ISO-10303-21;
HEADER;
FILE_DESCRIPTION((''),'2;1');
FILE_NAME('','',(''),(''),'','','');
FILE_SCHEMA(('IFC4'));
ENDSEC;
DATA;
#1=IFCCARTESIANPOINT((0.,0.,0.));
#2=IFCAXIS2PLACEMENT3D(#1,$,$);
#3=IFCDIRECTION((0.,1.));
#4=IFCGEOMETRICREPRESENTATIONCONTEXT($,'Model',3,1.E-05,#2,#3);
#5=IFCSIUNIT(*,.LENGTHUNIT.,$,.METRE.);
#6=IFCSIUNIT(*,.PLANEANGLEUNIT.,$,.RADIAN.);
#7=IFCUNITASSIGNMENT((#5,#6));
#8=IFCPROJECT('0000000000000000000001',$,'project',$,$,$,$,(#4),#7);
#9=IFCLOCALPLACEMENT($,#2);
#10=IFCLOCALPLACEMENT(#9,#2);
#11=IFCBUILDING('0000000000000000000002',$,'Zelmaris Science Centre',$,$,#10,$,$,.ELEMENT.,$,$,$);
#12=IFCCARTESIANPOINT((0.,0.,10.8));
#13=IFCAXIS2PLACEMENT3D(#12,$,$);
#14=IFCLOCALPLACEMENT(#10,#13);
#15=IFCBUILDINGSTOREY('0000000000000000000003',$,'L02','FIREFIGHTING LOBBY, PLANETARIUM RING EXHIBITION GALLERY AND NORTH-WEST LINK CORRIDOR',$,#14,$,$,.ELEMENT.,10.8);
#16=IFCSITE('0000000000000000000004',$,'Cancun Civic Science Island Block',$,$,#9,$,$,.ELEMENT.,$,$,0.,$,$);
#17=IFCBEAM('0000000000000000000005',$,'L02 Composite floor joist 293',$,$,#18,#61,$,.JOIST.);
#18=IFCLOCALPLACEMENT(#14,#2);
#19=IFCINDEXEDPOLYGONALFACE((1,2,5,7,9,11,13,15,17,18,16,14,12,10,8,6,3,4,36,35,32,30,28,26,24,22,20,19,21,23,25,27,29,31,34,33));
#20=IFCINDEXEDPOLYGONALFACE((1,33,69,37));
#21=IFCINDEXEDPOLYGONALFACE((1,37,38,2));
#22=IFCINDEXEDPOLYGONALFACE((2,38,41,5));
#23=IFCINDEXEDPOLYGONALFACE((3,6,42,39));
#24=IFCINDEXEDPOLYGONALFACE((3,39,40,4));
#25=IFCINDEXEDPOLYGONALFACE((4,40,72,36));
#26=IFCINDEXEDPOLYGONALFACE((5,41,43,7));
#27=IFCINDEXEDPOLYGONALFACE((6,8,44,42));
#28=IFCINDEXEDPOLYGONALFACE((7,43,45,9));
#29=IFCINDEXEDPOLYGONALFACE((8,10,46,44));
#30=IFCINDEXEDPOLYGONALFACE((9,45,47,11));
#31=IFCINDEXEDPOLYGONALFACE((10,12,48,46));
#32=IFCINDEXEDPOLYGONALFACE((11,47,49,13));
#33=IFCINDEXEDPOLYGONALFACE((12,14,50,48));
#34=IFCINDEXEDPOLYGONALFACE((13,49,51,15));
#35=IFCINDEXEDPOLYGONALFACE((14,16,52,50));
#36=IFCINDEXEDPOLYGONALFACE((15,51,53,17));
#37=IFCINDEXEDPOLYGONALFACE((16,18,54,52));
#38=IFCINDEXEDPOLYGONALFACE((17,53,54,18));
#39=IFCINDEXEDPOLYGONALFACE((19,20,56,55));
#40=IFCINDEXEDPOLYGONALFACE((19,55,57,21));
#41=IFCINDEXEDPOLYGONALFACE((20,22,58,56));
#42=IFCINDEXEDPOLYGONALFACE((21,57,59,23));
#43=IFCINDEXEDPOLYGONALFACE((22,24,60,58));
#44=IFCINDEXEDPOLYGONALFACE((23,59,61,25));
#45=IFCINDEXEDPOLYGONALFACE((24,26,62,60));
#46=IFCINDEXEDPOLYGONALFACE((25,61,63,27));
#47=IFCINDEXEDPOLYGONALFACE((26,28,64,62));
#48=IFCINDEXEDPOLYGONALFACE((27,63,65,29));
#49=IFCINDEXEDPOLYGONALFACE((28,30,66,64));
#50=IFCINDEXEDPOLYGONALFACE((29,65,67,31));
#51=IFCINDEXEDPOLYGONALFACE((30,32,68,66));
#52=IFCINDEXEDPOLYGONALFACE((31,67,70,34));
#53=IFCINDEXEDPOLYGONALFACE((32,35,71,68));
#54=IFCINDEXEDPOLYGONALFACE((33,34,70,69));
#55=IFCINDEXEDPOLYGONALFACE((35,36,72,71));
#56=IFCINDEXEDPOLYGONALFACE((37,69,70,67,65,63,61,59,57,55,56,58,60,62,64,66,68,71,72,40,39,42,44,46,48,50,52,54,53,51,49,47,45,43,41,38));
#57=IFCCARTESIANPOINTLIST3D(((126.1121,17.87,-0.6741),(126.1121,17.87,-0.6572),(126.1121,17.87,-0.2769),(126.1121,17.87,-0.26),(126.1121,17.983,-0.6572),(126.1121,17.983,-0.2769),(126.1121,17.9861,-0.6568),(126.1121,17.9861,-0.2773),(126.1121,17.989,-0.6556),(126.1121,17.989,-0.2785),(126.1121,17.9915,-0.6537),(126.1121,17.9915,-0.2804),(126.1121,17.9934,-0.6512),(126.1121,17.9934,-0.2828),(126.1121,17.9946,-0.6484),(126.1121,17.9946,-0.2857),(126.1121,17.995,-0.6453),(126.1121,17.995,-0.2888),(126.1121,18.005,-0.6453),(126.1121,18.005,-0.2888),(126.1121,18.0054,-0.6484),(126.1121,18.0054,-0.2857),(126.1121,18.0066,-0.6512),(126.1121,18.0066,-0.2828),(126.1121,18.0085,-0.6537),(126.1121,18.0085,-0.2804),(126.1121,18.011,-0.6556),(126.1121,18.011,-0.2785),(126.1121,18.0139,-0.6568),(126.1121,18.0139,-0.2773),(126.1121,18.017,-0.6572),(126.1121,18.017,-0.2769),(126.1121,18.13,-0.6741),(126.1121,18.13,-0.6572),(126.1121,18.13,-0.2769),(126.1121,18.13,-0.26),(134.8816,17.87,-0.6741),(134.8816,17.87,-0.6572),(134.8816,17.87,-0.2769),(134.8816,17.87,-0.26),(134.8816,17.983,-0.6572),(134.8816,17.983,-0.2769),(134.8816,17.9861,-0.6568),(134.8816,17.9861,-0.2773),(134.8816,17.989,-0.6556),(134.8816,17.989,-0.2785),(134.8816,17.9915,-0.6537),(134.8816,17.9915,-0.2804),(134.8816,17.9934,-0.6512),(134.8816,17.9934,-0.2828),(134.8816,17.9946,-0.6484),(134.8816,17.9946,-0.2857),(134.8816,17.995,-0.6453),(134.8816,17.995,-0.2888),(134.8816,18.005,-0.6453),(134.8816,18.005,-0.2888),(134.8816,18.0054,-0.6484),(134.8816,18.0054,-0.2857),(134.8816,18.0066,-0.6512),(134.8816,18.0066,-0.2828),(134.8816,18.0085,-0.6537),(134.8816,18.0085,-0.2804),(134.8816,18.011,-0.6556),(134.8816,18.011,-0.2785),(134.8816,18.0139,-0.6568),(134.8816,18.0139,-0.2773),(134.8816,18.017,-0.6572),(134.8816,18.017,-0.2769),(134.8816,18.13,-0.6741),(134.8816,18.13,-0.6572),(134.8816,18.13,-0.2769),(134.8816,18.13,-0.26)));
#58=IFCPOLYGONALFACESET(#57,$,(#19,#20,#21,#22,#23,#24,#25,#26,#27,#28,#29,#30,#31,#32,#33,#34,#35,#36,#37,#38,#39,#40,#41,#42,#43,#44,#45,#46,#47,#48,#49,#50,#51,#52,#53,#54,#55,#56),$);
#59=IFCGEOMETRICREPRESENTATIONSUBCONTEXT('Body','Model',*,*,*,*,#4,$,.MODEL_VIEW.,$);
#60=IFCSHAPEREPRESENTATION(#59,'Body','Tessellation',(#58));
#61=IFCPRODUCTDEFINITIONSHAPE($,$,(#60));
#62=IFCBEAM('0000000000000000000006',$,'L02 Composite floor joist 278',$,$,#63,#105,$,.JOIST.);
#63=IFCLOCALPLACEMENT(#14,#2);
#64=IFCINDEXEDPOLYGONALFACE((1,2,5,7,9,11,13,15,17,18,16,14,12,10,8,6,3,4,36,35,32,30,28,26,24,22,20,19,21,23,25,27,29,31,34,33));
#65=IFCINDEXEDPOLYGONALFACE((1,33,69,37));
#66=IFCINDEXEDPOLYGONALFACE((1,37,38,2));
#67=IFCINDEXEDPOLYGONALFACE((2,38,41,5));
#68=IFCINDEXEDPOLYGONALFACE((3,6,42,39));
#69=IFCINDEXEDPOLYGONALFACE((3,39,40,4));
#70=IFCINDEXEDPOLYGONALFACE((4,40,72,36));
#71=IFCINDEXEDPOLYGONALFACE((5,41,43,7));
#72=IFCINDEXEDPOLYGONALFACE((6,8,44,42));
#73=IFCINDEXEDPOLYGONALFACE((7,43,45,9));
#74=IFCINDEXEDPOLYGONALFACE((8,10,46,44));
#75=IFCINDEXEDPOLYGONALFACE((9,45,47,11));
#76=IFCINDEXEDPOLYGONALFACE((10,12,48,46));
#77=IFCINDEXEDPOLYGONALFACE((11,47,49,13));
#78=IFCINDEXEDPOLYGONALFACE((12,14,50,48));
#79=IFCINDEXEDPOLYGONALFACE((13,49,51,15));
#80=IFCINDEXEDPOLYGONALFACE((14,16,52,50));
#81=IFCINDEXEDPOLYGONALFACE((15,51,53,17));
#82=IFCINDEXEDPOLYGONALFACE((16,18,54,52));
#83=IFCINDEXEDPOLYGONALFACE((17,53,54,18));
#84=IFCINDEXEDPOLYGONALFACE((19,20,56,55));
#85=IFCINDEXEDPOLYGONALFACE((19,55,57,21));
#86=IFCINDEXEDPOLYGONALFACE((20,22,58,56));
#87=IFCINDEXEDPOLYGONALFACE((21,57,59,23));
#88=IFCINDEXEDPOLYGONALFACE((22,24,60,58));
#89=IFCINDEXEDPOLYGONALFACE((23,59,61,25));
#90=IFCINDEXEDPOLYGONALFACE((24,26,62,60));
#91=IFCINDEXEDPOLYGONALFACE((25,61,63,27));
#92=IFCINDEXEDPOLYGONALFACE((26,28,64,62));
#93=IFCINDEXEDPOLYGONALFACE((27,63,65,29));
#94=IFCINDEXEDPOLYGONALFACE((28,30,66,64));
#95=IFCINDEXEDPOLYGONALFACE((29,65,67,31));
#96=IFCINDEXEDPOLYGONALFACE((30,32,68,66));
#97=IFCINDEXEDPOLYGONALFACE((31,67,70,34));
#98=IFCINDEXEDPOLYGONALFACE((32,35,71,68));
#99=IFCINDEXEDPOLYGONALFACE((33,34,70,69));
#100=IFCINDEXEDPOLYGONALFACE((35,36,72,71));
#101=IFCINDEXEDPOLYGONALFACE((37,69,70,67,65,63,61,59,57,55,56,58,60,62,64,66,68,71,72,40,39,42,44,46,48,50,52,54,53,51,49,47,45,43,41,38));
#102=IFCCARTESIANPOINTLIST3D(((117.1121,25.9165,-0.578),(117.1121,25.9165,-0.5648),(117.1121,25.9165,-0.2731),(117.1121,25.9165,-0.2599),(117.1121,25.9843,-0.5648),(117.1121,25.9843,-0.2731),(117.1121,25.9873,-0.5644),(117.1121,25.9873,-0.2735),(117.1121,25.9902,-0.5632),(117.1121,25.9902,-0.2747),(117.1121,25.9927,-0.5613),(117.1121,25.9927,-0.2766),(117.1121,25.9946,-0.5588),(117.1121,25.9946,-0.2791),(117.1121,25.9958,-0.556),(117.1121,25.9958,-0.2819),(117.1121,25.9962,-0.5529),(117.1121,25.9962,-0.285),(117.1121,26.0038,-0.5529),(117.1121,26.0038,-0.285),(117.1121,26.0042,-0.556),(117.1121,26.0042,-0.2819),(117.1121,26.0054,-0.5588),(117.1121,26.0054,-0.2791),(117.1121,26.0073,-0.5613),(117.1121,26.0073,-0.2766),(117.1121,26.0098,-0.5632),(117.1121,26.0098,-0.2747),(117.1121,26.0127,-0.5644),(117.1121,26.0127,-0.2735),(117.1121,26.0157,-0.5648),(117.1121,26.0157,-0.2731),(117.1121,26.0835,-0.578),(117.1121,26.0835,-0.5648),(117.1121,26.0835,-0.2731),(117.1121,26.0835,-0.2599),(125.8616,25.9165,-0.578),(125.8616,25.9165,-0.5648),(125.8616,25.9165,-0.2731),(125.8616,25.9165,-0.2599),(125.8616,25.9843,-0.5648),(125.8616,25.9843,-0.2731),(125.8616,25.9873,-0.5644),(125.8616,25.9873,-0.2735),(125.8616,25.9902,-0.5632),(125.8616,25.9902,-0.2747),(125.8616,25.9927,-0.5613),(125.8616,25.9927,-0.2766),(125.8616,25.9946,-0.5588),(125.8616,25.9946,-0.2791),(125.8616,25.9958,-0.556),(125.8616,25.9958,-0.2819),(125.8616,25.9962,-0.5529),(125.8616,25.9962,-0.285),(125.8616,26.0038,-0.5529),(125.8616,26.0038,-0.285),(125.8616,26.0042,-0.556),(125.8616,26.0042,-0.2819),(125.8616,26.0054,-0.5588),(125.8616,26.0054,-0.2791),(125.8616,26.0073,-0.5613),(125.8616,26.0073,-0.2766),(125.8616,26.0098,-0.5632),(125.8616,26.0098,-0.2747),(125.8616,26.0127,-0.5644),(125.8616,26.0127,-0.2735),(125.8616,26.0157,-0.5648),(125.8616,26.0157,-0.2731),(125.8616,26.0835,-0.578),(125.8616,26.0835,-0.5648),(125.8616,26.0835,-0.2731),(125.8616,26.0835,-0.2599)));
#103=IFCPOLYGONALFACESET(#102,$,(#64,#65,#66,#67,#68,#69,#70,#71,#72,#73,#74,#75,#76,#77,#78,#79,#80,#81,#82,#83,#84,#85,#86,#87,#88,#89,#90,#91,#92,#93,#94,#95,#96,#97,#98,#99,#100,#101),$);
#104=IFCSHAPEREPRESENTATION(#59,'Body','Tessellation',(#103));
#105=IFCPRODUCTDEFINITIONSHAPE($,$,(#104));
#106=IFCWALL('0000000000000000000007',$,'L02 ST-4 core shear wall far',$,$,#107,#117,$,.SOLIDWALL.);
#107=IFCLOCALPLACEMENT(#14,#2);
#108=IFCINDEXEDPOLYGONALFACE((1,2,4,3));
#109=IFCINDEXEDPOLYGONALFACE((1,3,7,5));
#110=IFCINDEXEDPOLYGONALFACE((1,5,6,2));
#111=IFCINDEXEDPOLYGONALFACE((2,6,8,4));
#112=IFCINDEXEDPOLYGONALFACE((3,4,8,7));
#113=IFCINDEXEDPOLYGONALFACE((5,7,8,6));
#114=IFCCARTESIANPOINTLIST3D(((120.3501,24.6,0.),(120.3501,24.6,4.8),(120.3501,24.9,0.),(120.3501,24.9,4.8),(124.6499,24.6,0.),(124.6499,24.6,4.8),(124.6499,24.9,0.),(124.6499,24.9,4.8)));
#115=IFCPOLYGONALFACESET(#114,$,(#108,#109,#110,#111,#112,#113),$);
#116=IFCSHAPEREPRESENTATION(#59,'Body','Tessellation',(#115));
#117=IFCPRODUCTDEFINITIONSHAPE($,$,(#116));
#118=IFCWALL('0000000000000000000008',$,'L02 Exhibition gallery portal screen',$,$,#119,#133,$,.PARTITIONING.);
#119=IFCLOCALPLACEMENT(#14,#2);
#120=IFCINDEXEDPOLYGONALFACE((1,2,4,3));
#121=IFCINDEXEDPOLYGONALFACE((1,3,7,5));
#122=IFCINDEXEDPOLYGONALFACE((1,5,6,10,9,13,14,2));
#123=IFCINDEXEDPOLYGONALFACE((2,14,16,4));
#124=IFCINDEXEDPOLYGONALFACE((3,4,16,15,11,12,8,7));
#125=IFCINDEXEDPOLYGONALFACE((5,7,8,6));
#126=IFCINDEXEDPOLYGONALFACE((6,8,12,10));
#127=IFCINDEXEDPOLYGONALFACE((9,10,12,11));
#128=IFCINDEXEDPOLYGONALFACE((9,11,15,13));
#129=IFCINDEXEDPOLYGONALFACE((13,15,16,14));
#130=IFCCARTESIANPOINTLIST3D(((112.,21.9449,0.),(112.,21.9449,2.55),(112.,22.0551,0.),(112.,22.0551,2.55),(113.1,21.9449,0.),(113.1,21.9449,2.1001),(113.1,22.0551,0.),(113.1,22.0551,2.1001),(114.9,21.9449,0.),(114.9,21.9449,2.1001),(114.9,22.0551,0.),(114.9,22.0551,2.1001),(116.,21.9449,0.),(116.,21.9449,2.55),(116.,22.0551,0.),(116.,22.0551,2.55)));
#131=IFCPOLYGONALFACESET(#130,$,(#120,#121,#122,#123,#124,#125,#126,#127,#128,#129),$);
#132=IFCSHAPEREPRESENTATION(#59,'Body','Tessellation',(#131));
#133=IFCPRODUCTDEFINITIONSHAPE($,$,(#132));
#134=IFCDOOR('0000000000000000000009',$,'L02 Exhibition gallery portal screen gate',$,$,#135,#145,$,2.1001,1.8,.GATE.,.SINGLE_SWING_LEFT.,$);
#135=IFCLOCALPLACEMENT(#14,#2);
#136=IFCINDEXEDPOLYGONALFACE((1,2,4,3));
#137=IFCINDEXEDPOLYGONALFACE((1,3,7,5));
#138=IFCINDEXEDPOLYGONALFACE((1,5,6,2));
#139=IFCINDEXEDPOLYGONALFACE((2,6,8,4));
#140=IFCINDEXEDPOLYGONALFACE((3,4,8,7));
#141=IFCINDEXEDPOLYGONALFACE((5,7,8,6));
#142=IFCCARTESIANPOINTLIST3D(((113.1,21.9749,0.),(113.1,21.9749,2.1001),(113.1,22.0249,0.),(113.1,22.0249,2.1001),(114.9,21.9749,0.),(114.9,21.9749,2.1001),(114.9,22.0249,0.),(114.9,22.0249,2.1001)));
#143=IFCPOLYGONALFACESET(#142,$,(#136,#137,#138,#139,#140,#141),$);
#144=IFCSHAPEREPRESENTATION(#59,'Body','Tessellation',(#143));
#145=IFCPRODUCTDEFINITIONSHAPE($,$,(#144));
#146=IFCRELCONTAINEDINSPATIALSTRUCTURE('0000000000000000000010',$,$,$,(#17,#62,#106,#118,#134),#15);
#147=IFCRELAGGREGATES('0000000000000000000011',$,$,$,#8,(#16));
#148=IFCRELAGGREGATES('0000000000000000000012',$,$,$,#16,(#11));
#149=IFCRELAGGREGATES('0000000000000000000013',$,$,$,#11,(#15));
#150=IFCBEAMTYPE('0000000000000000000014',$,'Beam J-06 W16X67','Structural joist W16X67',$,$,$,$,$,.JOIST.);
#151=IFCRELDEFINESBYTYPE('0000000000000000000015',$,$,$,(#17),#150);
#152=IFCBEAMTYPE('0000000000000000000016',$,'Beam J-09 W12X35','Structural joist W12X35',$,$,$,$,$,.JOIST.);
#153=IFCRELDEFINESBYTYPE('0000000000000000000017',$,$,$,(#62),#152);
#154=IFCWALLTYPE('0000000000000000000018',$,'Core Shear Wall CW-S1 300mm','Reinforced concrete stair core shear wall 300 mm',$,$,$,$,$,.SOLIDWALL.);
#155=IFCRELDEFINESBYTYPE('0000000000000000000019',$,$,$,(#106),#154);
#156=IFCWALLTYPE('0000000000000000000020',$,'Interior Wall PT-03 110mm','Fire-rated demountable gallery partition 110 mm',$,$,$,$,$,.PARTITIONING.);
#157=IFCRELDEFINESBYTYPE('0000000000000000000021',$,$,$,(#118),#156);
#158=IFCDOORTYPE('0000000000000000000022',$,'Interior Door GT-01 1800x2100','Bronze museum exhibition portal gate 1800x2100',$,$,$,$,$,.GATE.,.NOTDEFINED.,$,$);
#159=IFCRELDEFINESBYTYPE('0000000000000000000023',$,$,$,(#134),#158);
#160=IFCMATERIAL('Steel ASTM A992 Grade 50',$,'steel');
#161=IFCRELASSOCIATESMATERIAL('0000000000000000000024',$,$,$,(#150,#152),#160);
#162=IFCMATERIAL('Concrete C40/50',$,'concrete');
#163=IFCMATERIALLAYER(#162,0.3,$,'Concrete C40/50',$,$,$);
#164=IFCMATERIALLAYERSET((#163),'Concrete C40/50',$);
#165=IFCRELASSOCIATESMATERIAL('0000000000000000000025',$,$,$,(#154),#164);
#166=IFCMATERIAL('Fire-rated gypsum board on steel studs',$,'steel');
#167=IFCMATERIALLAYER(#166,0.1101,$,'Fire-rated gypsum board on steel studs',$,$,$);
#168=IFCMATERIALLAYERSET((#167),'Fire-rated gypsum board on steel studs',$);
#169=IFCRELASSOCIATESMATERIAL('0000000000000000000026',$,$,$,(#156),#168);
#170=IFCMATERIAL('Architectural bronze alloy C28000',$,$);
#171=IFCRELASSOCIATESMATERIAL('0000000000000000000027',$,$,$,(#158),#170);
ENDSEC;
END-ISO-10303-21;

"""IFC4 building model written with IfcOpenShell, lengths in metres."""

from ifc_helpers import new_model, si_unit, direction, frame, frame_2d, origin, origin_2d, place, context, subcontext, project, spatial, rectangle, i_section, extrude, material, layer, layer_set, material_profile, profile_set, type_object, element, fill, save


model = new_model("IFC4")

# Units and contexts
model_context = context("Model", 3, precision=1e-05, world=origin(), true_north=direction((0.0, 1.0)))
body_context = subcontext(model_context, "Body", "Model", "MODEL_VIEW")
ifc_project = project(units=[si_unit("LENGTHUNIT", "METRE"), si_unit("PLANEANGLEUNIT", "RADIAN")], contexts=[model_context])

# Site, building, storey
site_placement = place(None, origin())
site = spatial("IfcSite", under=ifc_project, at=site_placement, Name="Cancun Civic Science Island Block", CompositionType="ELEMENT", RefElevation=0.0)
building_placement = place(site_placement, origin())
building = spatial("IfcBuilding", under=site, at=building_placement, Name="Zelmaris Science Centre", CompositionType="ELEMENT")
storey_placement = place(building_placement, frame((0.0, 0.0, 10.8)))
storey = spatial("IfcBuildingStorey", under=building, at=storey_placement, Name="L02", Description="FIREFIGHTING LOBBY, PLANETARIUM RING EXHIBITION GALLERY AND NORTH-WEST LINK CORRIDOR", CompositionType="ELEMENT", Elevation=10.8)

# Shared definitions
ifc_material_1 = material(Name="Steel ASTM A992 Grade 50", Category="steel")

# Beams
ifc_material_profile_1 = material_profile(ifc_material_1, i_section(OverallWidth=0.26, OverallDepth=0.4141, WebThickness=0.01, FlangeThickness=0.0168, FilletRadius=0.012, at=origin_2d()), Name="W16X67")
ifc_profile_set_1 = profile_set([ifc_material_profile_1], Name="Steel ASTM A992 Grade 50")
beam_type_1 = type_object("IfcBeamType", Name="Beam J-06 W16X67", Description="Structural joist W16X67", PredefinedType="JOIST", material=ifc_profile_set_1)
beam_1_placement = place(storey_placement, frame((126.1121, 18.0, -0.467), z_axis=(1.0, 0.0, 0.0), x_axis=(0.0, 1.0, 0.0)))
element("IfcBeam", 1, at=beam_1_placement, inside=storey, type_object=beam_type_1, Name="L02 Composite floor joist 293", PredefinedType="JOIST", context=body_context, shape_type="SweptSolid", body=[
    extrude(i_section(OverallWidth=0.26, OverallDepth=0.4141, WebThickness=0.01, FlangeThickness=0.0168, FilletRadius=0.012, at=origin_2d()), origin(), (0.0, 0.0, 1.0), 8.7695),
])
ifc_material_profile_2 = material_profile(ifc_material_1, i_section(OverallWidth=0.167, OverallDepth=0.3181, WebThickness=0.0076, FlangeThickness=0.0132, FilletRadius=0.012, at=origin_2d()), Name="W12X35")
ifc_profile_set_2 = profile_set([ifc_material_profile_2], Name="Steel ASTM A992 Grade 50")
beam_type_2 = type_object("IfcBeamType", Name="Beam J-09 W12X35", Description="Structural joist W12X35", PredefinedType="JOIST", material=ifc_profile_set_2)
beam_2_placement = place(storey_placement, frame((117.1121, 26.0, -0.4189), z_axis=(1.0, 0.0, 0.0), x_axis=(0.0, 1.0, 0.0)))
element("IfcBeam", 2, at=beam_2_placement, inside=storey, type_object=beam_type_2, Name="L02 Composite floor joist 278", PredefinedType="JOIST", context=body_context, shape_type="SweptSolid", body=[
    extrude(i_section(OverallWidth=0.167, OverallDepth=0.3181, WebThickness=0.0076, FlangeThickness=0.0132, FilletRadius=0.012, at=origin_2d()), origin(), (0.0, 0.0, 1.0), 8.7495),
])

# Wall
ifc_material_2 = material(Name="Concrete C40/50", Category="concrete")
ifc_layer_1 = layer(ifc_material_2, 0.3, Name="Concrete C40/50")
ifc_layer_set_1 = layer_set([ifc_layer_1], Name="Concrete C40/50")
wall_type_1 = type_object("IfcWallType", Name="Core Shear Wall CW-S1 300mm", Description="Reinforced concrete stair core shear wall 300 mm", PredefinedType="SOLIDWALL", material=ifc_layer_set_1)
wall_1_placement = place(storey_placement, frame((124.6499, 24.75, 0.0), z_axis=(0.0, 0.0, 1.0), x_axis=(-1.0, 0.0, 0.0)))
element("IfcWall", 3, at=wall_1_placement, inside=storey, type_object=wall_type_1, Name="L02 ST-4 core shear wall far", PredefinedType="SOLIDWALL", context=body_context, shape_type="SweptSolid", body=[
    extrude(rectangle(XDim=4.2998, YDim=0.3, at=frame_2d((2.1499, 0.0))), origin(), (0.0, 0.0, 1.0), 4.8),
])

# Wall, opening, door
ifc_material_3 = material(Name="Fire-rated gypsum board on steel studs", Category="steel")
ifc_layer_2 = layer(ifc_material_3, 0.1101, Name="Fire-rated gypsum board on steel studs")
ifc_layer_set_2 = layer_set([ifc_layer_2], Name="Fire-rated gypsum board on steel studs")
wall_type_2 = type_object("IfcWallType", Name="Interior Wall PT-03 110mm", Description="Fire-rated demountable gallery partition 110 mm", PredefinedType="PARTITIONING", material=ifc_layer_set_2)
wall_2_placement = place(storey_placement, frame((112.0, 22.0, 0.0), z_axis=(0.0, 0.0, 1.0), x_axis=(1.0, 0.0, 0.0)))
wall_2 = element("IfcWall", 4, at=wall_2_placement, inside=storey, type_object=wall_type_2, Name="L02 Exhibition gallery portal screen", PredefinedType="PARTITIONING", context=body_context, shape_type="SweptSolid", body=[
    extrude(rectangle(XDim=4.0, YDim=0.1101, at=frame_2d((2.0, 0.0))), origin(), (0.0, 0.0, 1.0), 2.55),
])
opening_placement = place(wall_2_placement, frame((1.1001, 0.0, 0.0)))
opening = element("IfcOpeningElement", 5, at=opening_placement, cuts=wall_2, PredefinedType="OPENING", context=body_context, shape_type="SweptSolid", body=[
    extrude(rectangle(XDim=1.8, YDim=2.1001, at=frame_2d((0.8999, 1.05))), frame((0.0, 0.0649, 0.0), z_axis=(0.0, -1.0, 0.0), x_axis=(1.0, 0.0, 0.0)), (0.0, 0.0, 1.0), 0.1301),
])
ifc_material_4 = material(Name="Architectural bronze alloy C28000")
door_type = type_object("IfcDoorType", Name="Interior Door GT-01 1800x2100", Description="Bronze museum exhibition portal gate 1800x2100", OperationType="NOTDEFINED", PredefinedType="GATE", material=ifc_material_4)
door_placement = place(opening_placement, origin())
door = element("IfcDoor", 6, at=door_placement, inside=storey, type_object=door_type, Name="L02 Exhibition gallery portal screen gate", OperationType="SINGLE_SWING_LEFT", OverallHeight=2.1001, OverallWidth=1.8, PredefinedType="GATE", context=body_context, shape_type="SweptSolid", body=[
    extrude(rectangle(XDim=1.8, YDim=2.1001, at=frame_2d((0.8999, 1.05))), frame((0.0, 0.0249, 0.0), z_axis=(0.0, -1.0, 0.0), x_axis=(1.0, 0.0, 0.0)), (0.0, 0.0, 1.0), 0.05),
])
fill(opening, door)

save(model, "model.ifc")
